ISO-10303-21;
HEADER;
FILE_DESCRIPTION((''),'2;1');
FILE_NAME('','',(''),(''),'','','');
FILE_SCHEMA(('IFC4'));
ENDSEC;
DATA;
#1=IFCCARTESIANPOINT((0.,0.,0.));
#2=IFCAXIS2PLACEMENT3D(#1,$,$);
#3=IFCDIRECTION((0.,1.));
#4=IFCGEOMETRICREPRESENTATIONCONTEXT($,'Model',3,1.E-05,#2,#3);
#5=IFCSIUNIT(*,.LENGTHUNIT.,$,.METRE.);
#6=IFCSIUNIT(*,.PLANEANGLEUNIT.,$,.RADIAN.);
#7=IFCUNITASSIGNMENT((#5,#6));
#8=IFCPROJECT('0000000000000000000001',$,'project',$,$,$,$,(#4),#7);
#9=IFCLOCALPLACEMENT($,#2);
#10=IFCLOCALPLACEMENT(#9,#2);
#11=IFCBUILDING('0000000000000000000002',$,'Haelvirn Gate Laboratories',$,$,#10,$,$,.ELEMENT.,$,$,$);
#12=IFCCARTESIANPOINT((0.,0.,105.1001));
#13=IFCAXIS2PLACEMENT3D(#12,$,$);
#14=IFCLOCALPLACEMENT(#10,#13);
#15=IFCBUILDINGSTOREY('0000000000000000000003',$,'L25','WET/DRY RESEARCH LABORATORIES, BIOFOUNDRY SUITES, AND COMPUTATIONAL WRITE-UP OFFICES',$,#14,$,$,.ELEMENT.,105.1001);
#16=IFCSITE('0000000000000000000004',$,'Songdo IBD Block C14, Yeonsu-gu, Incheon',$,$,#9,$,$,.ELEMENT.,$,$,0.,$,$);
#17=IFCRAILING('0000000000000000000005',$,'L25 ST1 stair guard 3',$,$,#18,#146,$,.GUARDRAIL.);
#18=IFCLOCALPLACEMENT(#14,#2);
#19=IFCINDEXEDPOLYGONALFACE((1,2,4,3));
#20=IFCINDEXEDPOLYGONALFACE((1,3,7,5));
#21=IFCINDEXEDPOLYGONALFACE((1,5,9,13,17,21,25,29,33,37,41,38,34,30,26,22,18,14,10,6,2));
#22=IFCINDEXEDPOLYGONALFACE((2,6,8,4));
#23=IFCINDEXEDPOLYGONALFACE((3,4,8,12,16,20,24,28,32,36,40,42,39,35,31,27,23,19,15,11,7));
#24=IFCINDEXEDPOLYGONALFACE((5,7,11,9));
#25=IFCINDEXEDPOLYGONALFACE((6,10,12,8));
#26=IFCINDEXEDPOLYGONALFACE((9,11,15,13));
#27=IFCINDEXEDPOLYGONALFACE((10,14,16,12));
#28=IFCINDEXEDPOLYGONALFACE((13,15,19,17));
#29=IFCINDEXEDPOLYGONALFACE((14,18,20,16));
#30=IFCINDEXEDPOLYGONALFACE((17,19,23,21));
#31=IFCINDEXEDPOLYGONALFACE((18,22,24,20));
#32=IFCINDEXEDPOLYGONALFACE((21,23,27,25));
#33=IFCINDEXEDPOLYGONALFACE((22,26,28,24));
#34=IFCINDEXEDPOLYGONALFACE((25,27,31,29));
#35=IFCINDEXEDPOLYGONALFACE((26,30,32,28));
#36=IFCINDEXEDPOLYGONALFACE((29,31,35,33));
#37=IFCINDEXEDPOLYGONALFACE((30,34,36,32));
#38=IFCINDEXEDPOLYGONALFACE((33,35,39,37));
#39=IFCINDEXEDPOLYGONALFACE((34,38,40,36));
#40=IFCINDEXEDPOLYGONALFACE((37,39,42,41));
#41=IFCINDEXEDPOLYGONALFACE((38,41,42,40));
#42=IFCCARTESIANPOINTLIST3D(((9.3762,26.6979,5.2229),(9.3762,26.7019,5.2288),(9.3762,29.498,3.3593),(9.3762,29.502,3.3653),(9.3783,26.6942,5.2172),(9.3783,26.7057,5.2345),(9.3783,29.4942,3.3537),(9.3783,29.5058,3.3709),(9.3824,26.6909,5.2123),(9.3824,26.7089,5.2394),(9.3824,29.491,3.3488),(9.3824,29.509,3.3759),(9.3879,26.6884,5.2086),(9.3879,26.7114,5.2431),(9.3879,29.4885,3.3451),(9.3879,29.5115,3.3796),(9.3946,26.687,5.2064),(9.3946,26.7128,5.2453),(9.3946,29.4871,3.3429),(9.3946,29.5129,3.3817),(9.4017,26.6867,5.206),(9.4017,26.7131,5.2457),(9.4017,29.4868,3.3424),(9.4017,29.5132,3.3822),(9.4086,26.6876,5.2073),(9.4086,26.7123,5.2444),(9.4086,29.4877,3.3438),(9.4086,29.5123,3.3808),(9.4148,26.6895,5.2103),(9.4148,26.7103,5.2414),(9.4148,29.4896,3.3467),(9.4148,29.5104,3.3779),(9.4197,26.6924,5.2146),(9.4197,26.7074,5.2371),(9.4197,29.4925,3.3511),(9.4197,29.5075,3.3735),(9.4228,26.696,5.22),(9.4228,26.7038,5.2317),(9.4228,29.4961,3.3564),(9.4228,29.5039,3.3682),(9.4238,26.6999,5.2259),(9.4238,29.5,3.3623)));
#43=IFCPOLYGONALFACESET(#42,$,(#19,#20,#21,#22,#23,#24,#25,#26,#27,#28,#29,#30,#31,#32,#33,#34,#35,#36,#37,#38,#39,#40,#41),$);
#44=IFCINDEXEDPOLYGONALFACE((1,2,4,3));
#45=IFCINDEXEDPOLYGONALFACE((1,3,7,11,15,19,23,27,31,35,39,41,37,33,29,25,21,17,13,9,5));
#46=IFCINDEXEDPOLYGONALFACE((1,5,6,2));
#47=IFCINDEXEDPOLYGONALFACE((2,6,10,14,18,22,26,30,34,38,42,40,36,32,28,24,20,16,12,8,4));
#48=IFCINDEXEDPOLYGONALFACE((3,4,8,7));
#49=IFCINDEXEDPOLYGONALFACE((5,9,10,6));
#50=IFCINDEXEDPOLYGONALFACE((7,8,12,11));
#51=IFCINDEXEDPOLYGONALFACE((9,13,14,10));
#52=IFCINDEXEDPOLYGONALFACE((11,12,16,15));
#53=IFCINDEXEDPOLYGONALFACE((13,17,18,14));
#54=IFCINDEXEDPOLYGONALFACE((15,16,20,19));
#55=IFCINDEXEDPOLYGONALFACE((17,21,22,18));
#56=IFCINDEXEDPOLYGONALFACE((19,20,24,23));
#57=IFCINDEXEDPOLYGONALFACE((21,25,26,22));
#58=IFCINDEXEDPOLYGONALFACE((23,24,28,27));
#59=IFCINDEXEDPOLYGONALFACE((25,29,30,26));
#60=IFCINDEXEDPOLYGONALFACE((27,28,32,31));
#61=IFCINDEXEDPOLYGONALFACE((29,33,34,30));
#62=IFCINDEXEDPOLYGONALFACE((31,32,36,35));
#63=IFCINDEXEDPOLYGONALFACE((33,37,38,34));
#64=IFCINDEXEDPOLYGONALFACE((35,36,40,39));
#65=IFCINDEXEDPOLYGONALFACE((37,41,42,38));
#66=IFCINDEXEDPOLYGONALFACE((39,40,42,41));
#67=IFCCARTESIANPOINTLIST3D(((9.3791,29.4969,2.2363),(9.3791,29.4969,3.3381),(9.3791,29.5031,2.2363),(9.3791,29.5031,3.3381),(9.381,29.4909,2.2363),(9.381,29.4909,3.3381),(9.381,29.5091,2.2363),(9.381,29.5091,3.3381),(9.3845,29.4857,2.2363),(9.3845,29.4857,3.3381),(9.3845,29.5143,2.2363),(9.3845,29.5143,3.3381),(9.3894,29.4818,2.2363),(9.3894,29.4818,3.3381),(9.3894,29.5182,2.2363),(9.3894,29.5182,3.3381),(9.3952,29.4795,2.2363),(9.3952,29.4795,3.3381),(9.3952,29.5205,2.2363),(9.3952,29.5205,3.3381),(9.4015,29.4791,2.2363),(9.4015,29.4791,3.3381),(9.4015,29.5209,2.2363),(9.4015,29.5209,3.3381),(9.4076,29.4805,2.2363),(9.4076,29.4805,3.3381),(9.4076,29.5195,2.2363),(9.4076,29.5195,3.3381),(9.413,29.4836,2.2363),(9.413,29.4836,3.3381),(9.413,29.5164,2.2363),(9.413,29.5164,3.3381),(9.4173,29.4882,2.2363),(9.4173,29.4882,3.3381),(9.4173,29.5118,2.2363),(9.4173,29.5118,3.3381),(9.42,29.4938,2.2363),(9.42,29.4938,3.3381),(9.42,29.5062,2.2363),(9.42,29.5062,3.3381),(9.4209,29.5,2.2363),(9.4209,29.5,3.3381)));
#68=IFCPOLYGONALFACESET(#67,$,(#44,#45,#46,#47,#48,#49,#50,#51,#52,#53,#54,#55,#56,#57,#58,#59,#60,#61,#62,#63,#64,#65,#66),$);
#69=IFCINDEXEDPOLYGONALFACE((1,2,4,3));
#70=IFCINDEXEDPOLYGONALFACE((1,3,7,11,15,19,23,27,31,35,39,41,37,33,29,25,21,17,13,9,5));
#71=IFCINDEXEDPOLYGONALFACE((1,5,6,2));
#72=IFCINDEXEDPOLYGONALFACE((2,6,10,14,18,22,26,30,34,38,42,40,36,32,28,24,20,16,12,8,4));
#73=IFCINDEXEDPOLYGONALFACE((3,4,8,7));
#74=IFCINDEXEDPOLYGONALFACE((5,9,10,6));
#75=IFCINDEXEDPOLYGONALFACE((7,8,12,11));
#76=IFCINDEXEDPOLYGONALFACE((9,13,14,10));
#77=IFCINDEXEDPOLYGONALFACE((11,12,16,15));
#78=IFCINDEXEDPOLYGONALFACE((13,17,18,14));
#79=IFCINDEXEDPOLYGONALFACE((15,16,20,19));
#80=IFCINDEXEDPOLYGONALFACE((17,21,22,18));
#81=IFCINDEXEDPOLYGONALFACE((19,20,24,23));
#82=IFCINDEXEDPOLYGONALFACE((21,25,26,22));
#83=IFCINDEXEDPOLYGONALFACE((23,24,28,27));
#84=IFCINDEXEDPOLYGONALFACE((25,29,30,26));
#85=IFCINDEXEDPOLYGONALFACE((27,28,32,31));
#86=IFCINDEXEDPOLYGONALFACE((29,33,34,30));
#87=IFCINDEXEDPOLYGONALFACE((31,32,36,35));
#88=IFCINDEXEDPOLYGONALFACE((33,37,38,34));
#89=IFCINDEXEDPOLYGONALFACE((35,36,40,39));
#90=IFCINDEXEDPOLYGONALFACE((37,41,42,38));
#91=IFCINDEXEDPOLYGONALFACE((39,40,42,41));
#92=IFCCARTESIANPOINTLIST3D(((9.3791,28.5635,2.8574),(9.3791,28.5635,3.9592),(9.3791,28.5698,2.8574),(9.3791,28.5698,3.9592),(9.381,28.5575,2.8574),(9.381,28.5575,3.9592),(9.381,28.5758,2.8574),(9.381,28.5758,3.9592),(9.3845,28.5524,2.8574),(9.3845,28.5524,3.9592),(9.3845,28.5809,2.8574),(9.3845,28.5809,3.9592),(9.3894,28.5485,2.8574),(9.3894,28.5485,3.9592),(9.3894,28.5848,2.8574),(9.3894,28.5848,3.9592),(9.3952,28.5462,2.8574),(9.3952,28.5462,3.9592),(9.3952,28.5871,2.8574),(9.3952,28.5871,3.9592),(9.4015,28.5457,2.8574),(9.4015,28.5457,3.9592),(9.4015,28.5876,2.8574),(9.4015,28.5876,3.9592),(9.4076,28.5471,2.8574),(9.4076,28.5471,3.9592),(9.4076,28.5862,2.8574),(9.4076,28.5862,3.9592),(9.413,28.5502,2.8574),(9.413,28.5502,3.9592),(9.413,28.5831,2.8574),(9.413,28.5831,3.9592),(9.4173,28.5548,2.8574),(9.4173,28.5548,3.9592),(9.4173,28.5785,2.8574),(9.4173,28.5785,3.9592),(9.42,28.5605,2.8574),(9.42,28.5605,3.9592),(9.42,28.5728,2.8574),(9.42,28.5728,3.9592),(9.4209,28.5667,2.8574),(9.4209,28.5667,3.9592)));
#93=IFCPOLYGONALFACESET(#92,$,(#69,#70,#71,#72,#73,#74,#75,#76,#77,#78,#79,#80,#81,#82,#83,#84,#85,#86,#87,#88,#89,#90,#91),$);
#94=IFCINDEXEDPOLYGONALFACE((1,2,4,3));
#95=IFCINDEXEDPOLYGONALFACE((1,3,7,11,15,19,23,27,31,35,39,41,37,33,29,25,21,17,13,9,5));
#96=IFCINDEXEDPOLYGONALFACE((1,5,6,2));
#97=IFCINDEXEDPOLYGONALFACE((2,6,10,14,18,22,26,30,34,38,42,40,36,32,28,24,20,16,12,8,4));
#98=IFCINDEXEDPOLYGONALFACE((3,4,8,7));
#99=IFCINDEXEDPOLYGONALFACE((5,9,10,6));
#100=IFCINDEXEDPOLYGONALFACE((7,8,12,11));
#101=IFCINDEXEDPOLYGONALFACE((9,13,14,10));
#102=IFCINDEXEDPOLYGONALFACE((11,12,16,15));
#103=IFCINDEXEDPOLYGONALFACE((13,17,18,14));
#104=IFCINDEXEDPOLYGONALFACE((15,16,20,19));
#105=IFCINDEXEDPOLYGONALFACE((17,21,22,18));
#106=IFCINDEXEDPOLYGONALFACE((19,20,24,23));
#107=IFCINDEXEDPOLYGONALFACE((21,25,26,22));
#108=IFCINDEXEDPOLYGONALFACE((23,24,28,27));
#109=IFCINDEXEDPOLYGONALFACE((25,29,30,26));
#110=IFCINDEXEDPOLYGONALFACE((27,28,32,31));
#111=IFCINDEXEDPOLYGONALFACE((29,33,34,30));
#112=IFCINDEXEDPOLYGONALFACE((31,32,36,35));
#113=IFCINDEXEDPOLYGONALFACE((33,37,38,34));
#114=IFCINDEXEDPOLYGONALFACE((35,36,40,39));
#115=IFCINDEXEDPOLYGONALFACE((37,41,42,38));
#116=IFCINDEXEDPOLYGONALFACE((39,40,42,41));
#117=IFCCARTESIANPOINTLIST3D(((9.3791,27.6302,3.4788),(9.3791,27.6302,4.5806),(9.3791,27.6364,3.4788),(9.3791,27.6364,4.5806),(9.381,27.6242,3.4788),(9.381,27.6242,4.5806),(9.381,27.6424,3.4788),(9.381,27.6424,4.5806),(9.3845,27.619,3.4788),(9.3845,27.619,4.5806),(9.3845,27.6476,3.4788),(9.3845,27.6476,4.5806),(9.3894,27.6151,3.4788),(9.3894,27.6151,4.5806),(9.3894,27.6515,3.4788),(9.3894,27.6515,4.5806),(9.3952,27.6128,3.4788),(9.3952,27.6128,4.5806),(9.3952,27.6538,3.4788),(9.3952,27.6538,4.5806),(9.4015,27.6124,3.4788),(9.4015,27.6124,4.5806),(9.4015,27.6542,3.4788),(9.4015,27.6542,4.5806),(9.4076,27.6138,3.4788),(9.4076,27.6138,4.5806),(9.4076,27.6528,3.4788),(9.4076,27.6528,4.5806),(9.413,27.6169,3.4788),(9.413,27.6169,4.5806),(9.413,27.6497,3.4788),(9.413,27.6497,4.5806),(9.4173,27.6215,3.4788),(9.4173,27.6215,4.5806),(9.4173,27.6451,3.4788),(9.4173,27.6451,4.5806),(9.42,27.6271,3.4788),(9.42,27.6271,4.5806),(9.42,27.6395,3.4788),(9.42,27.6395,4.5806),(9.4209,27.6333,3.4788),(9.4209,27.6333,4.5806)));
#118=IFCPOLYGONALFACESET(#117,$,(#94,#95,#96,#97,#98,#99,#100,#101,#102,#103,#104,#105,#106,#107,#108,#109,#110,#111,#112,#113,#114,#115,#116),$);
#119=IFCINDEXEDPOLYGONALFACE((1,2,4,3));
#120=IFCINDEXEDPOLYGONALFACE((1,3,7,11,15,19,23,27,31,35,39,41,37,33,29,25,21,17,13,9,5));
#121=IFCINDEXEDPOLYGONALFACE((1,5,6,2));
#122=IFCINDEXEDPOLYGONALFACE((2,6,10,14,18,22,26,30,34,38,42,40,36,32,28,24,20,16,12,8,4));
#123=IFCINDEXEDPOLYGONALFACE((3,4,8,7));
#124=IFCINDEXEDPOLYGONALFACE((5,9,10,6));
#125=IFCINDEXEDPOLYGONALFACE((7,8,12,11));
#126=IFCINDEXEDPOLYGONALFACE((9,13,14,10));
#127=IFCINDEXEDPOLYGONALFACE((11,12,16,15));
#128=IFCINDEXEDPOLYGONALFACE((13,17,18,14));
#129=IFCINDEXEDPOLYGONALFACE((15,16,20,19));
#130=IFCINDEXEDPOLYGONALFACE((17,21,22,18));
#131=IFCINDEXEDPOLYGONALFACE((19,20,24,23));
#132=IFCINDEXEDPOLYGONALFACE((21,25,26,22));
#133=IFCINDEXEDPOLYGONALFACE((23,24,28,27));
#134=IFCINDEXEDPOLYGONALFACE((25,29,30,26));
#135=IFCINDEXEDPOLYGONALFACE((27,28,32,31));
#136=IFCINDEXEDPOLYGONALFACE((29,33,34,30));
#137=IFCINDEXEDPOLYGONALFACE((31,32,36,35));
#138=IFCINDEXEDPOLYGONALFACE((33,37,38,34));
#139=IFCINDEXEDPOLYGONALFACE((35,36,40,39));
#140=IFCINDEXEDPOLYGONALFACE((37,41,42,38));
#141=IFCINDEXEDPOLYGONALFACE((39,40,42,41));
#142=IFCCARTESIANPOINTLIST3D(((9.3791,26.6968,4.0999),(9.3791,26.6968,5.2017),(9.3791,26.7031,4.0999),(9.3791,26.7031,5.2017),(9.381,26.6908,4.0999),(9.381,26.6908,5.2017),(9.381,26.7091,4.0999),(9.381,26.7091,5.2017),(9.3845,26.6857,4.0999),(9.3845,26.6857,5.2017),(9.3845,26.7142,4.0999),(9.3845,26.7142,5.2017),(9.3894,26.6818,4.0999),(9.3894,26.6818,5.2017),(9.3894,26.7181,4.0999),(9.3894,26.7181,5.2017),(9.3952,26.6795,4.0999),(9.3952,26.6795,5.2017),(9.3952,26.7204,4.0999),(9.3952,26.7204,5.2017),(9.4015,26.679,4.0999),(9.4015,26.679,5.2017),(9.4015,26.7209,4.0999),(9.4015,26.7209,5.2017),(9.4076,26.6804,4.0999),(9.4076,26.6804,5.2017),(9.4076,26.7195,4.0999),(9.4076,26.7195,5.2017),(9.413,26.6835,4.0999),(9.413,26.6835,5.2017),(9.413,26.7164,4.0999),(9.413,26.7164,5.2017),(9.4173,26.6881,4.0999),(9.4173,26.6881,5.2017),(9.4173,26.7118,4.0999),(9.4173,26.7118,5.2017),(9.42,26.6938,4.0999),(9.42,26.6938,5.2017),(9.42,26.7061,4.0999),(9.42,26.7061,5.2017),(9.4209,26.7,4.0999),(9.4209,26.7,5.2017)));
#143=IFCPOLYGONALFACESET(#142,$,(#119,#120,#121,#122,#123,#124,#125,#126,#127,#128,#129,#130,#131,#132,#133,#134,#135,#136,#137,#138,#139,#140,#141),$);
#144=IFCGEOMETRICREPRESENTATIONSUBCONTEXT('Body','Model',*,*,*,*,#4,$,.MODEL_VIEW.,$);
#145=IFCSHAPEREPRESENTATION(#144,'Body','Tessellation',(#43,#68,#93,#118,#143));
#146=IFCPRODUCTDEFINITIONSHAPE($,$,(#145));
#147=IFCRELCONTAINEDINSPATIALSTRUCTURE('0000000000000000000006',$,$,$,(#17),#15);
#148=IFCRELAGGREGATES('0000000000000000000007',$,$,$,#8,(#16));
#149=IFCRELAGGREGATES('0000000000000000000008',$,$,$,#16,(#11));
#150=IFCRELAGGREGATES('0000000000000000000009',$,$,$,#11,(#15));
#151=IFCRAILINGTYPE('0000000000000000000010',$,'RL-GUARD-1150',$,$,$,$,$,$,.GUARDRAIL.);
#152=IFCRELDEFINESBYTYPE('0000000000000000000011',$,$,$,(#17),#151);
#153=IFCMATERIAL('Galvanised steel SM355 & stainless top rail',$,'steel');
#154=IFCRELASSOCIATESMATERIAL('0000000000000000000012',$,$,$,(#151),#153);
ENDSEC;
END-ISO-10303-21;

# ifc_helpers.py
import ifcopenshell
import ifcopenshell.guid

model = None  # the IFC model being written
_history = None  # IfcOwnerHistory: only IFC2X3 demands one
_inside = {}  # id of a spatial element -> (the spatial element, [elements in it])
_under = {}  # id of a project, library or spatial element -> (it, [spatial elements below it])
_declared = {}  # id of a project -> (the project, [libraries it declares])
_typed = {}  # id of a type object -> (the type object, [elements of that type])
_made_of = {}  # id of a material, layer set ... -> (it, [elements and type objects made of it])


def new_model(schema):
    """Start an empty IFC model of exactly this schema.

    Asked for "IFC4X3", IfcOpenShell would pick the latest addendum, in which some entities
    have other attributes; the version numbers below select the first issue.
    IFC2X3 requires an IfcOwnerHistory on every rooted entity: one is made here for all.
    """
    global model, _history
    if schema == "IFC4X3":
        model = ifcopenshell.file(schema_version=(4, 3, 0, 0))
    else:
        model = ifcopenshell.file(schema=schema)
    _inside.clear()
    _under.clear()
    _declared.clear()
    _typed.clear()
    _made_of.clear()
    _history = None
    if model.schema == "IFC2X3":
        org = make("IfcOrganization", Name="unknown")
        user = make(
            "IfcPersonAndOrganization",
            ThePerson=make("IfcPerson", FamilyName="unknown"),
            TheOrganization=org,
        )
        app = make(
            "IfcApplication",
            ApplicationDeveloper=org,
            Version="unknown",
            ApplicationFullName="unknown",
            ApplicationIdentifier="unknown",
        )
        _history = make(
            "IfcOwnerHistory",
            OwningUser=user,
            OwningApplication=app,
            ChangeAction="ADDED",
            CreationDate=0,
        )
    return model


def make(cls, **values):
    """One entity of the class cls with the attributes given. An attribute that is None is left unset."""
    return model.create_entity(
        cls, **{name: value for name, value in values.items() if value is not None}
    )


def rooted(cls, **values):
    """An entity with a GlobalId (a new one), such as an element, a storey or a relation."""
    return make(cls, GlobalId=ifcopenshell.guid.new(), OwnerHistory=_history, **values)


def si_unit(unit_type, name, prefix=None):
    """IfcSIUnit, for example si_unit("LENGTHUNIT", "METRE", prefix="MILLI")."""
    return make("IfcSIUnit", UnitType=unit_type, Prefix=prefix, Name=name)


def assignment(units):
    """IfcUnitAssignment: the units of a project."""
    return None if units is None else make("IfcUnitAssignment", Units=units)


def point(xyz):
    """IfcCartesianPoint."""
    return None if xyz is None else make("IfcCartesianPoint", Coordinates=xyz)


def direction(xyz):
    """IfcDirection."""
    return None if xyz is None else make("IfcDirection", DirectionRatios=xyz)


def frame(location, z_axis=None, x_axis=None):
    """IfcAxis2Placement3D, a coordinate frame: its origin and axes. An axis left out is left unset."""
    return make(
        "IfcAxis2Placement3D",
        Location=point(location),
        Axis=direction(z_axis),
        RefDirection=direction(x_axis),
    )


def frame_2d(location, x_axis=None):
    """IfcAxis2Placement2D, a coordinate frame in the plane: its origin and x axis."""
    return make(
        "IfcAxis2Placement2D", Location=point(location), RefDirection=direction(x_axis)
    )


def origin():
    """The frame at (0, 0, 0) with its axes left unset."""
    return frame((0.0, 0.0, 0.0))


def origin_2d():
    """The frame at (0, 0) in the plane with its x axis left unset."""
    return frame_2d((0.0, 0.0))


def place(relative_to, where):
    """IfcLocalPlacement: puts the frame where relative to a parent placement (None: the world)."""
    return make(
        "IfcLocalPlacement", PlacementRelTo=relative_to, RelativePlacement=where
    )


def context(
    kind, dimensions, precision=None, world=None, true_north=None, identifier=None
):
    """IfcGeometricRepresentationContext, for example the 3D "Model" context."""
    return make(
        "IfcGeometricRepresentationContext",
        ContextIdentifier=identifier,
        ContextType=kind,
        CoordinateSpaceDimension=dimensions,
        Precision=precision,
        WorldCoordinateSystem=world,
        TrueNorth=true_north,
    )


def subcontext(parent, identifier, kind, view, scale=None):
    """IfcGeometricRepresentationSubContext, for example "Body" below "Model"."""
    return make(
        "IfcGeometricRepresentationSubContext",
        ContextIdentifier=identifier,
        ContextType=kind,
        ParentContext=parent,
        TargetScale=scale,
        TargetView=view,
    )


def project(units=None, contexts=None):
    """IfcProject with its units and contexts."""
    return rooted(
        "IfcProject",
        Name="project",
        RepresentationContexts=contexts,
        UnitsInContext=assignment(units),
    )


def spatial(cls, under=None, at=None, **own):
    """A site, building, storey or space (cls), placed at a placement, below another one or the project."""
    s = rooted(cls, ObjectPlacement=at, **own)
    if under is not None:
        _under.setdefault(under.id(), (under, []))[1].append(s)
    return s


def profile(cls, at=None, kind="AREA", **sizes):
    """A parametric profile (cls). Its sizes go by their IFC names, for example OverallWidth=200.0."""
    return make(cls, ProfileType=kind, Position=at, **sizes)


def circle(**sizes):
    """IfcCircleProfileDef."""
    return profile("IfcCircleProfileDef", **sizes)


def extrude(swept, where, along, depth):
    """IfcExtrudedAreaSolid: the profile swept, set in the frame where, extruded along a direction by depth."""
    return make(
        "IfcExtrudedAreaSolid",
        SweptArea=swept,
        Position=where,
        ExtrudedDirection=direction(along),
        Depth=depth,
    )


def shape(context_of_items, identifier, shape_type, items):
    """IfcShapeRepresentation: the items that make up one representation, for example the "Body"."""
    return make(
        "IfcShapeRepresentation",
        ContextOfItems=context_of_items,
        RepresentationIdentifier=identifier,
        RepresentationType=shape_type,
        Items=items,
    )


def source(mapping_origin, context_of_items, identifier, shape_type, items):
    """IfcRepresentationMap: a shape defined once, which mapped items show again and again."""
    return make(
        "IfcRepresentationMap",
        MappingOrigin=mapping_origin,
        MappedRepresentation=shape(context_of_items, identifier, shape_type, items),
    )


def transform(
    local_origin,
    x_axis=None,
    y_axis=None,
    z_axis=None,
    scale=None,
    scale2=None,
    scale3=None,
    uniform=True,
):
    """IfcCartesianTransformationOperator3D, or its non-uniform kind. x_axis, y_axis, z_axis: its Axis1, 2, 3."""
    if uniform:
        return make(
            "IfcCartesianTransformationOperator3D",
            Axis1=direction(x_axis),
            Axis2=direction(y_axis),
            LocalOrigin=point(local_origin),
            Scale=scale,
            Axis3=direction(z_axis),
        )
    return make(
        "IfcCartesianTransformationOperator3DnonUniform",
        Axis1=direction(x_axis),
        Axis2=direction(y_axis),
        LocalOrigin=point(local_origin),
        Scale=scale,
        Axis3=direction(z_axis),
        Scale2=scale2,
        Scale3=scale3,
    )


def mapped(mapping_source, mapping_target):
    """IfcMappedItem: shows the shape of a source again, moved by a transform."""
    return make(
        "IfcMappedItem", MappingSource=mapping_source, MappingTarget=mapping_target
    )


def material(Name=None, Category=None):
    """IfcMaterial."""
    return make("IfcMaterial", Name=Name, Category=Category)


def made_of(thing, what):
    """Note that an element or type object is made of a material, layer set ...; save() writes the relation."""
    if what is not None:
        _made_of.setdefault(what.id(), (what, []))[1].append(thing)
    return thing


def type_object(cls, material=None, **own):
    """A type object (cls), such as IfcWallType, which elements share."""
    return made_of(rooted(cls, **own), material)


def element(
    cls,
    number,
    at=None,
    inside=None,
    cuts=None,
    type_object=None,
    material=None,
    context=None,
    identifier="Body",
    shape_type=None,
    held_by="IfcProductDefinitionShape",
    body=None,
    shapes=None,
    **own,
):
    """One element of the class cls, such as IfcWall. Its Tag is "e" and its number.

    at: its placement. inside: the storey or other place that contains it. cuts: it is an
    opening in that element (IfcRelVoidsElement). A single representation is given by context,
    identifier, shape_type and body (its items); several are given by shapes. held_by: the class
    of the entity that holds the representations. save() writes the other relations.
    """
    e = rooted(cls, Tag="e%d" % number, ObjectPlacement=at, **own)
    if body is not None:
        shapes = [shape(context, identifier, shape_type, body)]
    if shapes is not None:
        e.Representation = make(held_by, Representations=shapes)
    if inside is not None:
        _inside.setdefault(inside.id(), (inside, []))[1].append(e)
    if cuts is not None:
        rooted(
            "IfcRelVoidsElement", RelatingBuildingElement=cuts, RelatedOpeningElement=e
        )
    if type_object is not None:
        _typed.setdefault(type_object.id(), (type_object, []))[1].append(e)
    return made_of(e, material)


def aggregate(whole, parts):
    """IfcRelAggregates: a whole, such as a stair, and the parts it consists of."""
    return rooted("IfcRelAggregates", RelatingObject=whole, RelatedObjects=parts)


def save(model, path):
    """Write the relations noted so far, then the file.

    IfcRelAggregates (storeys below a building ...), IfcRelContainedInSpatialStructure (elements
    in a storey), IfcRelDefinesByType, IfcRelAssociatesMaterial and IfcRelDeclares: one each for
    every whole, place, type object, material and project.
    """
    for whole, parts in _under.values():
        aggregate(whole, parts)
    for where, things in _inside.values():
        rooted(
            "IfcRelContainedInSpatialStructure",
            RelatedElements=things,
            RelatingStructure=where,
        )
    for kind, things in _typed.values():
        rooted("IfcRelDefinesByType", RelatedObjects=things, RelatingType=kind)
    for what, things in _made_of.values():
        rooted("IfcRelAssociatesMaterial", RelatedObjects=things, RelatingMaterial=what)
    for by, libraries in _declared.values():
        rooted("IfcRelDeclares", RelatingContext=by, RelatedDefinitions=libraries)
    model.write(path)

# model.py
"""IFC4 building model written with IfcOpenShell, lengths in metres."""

from ifc_helpers import new_model, si_unit, direction, frame, origin, origin_2d, place, context, subcontext, project, spatial, circle, extrude, source, transform, mapped, material, type_object, element, save


model = new_model("IFC4")

# Units and contexts
model_context = context("Model", 3, precision=1e-05, world=origin(), true_north=direction((0.0, 1.0)))
body_context = subcontext(model_context, "Body", "Model", "MODEL_VIEW")
ifc_project = project(units=[si_unit("LENGTHUNIT", "METRE"), si_unit("PLANEANGLEUNIT", "RADIAN")], contexts=[model_context])

# Site, building, storey
site_placement = place(None, origin())
site = spatial("IfcSite", under=ifc_project, at=site_placement, Name="Songdo IBD Block C14, Yeonsu-gu, Incheon", CompositionType="ELEMENT", RefElevation=0.0)
building_placement = place(site_placement, origin())
building = spatial("IfcBuilding", under=site, at=building_placement, Name="Haelvirn Gate Laboratories", CompositionType="ELEMENT")
storey_placement = place(building_placement, frame((0.0, 0.0, 105.1001)))
storey = spatial("IfcBuildingStorey", under=building, at=storey_placement, Name="L25", Description="WET/DRY RESEARCH LABORATORIES, BIOFOUNDRY SUITES, AND COMPUTATIONAL WRITE-UP OFFICES", CompositionType="ELEMENT", Elevation=105.1001)

# Railing
ifc_material_1 = material(Name="Galvanised steel SM355 & stainless top rail", Category="steel")
railing_type_1 = type_object("IfcRailingType", Name="RL-GUARD-1150", PredefinedType="GUARDRAIL", material=ifc_material_1)
shared_shape_1 = source(origin(), body_context, "Body", "SweptSolid", [
    extrude(circle(Radius=0.0239, at=origin_2d()), frame((0.0, 0.0, 1.126), z_axis=(0.0, -0.832486, 0.554047), x_axis=(1.0, 0.0, 0.0)), (0.0, 0.0, 1.0), 3.3635),
    extrude(circle(Radius=0.021, at=origin_2d()), origin(), (0.0, 0.0, 1.0), 1.1018),
    extrude(circle(Radius=0.021, at=origin_2d()), frame((0.0, -0.9333, 0.6211)), (0.0, 0.0, 1.0), 1.1018),
    extrude(circle(Radius=0.021, at=origin_2d()), frame((0.0, -1.8667, 1.2424)), (0.0, 0.0, 1.0), 1.1018),
    extrude(circle(Radius=0.021, at=origin_2d()), frame((0.0, -2.8, 1.8635)), (0.0, 0.0, 1.0), 1.1018),
])
railing_1_placement = place(storey_placement, frame((9.3999, 29.5, 2.2363)))
element("IfcRailing", 1, at=railing_1_placement, inside=storey, type_object=railing_type_1, Name="L25 ST1 stair guard 3", PredefinedType="GUARDRAIL", context=body_context, shape_type="MappedRepresentation", body=[
    mapped(shared_shape_1, transform((0.0, 0.0, 0.0), scale=1.0)),
])

save(model, "model.ifc")
